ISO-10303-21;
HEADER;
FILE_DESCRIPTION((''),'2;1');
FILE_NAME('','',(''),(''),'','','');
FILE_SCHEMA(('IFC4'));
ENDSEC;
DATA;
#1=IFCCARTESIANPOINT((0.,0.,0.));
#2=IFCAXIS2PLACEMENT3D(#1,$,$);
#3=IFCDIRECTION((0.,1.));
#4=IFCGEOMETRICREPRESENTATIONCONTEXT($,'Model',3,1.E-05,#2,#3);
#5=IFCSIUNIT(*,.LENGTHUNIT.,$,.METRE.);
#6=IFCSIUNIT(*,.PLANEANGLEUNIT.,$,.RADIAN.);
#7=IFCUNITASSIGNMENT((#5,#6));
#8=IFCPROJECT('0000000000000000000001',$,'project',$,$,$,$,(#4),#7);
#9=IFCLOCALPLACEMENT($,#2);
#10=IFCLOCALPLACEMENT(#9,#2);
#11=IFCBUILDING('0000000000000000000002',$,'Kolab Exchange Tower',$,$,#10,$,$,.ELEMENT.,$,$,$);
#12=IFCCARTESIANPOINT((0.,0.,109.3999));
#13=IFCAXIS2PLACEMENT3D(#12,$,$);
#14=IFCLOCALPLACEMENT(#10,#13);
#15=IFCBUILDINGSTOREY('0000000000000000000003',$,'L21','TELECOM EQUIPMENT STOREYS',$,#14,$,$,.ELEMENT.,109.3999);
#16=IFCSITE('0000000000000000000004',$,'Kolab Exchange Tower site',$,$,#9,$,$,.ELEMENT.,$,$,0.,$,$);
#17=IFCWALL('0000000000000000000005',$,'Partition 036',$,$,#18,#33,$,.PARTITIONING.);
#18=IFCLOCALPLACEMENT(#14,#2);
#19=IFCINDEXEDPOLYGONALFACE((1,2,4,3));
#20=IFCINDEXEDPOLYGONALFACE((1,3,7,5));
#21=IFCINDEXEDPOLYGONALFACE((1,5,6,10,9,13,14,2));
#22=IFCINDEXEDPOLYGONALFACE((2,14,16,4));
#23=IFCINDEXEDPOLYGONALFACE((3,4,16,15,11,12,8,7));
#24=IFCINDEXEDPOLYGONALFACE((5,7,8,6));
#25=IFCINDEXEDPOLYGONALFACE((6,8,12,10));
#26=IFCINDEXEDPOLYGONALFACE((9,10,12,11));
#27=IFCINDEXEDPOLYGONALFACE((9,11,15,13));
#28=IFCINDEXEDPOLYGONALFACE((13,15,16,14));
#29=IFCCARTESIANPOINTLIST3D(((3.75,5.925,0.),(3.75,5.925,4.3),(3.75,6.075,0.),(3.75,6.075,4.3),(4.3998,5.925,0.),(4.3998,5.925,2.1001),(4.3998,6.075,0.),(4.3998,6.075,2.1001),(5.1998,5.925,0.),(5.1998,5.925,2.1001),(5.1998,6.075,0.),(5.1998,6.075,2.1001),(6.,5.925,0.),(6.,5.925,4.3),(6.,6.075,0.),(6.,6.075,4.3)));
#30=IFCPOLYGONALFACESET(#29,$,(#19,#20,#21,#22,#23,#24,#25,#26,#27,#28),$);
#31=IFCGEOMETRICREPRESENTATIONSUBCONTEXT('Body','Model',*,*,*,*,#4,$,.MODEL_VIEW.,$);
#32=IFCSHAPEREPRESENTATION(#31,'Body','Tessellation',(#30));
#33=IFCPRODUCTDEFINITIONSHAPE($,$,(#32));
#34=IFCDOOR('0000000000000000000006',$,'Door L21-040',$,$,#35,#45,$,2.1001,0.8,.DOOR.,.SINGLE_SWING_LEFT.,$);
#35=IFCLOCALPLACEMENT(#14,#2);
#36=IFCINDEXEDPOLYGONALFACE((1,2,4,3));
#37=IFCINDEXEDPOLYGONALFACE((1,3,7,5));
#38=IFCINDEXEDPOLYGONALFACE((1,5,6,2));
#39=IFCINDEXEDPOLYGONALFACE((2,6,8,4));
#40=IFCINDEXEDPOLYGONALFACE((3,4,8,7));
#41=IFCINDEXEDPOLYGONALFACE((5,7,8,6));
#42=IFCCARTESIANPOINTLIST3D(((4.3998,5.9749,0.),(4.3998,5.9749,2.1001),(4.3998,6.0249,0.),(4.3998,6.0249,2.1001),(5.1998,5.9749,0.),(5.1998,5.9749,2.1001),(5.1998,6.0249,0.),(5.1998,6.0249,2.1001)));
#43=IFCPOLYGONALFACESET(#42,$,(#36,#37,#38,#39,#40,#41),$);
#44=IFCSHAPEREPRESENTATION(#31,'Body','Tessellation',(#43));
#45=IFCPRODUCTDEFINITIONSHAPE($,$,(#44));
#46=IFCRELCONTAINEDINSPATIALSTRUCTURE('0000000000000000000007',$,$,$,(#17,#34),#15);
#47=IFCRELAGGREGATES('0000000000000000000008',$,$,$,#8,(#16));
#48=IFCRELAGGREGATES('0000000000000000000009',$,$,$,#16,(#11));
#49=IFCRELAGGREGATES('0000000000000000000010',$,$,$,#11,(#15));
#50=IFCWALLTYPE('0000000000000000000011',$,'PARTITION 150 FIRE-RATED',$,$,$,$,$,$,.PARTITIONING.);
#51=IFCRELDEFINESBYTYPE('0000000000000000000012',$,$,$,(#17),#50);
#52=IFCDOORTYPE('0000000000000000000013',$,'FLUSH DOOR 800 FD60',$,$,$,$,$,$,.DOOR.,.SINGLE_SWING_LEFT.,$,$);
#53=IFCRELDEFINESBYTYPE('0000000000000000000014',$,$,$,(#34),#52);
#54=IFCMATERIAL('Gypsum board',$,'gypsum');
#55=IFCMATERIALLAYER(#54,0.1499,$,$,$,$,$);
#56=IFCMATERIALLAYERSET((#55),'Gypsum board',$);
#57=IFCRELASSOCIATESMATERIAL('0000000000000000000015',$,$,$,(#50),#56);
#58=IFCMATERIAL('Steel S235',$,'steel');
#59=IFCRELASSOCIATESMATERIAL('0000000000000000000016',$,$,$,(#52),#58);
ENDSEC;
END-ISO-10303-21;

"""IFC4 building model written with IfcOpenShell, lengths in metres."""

from ifc_helpers import new_model, si_unit, direction, frame, frame_2d, origin, place, context, subcontext, project, spatial, rectangle, extrude, material, layer, layer_set, type_object, element, fill, save


model = new_model("IFC4")

# Units and contexts
model_context = context("Model", 3, precision=1e-05, world=origin(), true_north=direction((0.0, 1.0)))
body_context = subcontext(model_context, "Body", "Model", "MODEL_VIEW")
ifc_project = project(units=[si_unit("LENGTHUNIT", "METRE"), si_unit("PLANEANGLEUNIT", "RADIAN")], contexts=[model_context])

# Site, building, storey
site_placement = place(None, origin())
site = spatial("IfcSite", under=ifc_project, at=site_placement, Name="Kolab Exchange Tower site", CompositionType="ELEMENT", RefElevation=0.0)
building_placement = place(site_placement, origin())
building = spatial("IfcBuilding", under=site, at=building_placement, Name="Kolab Exchange Tower", CompositionType="ELEMENT")
storey_placement = place(building_placement, frame((0.0, 0.0, 109.3999)))
storey = spatial("IfcBuildingStorey", under=building, at=storey_placement, Name="L21", Description="TELECOM EQUIPMENT STOREYS", CompositionType="ELEMENT", Elevation=109.3999)

# Shared definitions
ifc_material_1 = material(Name="Steel S235", Category="steel")

# Shared definitions
ifc_material_2 = material(Name="Gypsum board", Category="gypsum")
ifc_layer_1 = layer(ifc_material_2, 0.1499)
ifc_layer_set_1 = layer_set([ifc_layer_1], Name="Gypsum board")
wall_type_1 = type_object("IfcWallType", Name="PARTITION 150 FIRE-RATED", PredefinedType="PARTITIONING", material=ifc_layer_set_1)

# Wall, opening, door
wall_1_placement = place(storey_placement, frame((3.75, 6.0, 0.0), z_axis=(0.0, 0.0, 1.0), x_axis=(1.0, 0.0, 0.0)))
wall_1 = element("IfcWall", 1, at=wall_1_placement, inside=storey, type_object=wall_type_1, Name="Partition 036", PredefinedType="PARTITIONING", context=body_context, shape_type="SweptSolid", body=[
    extrude(rectangle(XDim=2.25, YDim=0.1499, at=frame_2d((1.125, 0.0))), origin(), (0.0, 0.0, 1.0), 4.3),
])
opening_1_placement = place(wall_1_placement, frame((0.6499, 0.0, 0.0)))
opening_1 = element("IfcOpeningElement", 2, at=opening_1_placement, cuts=wall_1, PredefinedType="OPENING", context=body_context, shape_type="SweptSolid", body=[
    extrude(rectangle(XDim=0.8, YDim=2.1001, at=frame_2d((0.3999, 1.05))), frame((0.0, 0.085, 0.0), z_axis=(0.0, -1.0, 0.0), x_axis=(1.0, 0.0, 0.0)), (0.0, 0.0, 1.0), 0.1699),
])
door_type_1 = type_object("IfcDoorType", Name="FLUSH DOOR 800 FD60", OperationType="SINGLE_SWING_LEFT", PredefinedType="DOOR", material=ifc_material_1)
door_1_placement = place(opening_1_placement, origin())
door_1 = element("IfcDoor", 3, at=door_1_placement, inside=storey, type_object=door_type_1, Name="Door L21-040", OperationType="SINGLE_SWING_LEFT", OverallHeight=2.1001, OverallWidth=0.8, PredefinedType="DOOR", context=body_context, shape_type="SweptSolid", body=[
    extrude(rectangle(XDim=0.8, YDim=2.1001, at=frame_2d((0.3999, 1.05))), frame((0.0, 0.0249, 0.0), z_axis=(0.0, -1.0, 0.0), x_axis=(1.0, 0.0, 0.0)), (0.0, 0.0, 1.0), 0.05),
])
fill(opening_1, door_1)

save(model, "model.ifc")
